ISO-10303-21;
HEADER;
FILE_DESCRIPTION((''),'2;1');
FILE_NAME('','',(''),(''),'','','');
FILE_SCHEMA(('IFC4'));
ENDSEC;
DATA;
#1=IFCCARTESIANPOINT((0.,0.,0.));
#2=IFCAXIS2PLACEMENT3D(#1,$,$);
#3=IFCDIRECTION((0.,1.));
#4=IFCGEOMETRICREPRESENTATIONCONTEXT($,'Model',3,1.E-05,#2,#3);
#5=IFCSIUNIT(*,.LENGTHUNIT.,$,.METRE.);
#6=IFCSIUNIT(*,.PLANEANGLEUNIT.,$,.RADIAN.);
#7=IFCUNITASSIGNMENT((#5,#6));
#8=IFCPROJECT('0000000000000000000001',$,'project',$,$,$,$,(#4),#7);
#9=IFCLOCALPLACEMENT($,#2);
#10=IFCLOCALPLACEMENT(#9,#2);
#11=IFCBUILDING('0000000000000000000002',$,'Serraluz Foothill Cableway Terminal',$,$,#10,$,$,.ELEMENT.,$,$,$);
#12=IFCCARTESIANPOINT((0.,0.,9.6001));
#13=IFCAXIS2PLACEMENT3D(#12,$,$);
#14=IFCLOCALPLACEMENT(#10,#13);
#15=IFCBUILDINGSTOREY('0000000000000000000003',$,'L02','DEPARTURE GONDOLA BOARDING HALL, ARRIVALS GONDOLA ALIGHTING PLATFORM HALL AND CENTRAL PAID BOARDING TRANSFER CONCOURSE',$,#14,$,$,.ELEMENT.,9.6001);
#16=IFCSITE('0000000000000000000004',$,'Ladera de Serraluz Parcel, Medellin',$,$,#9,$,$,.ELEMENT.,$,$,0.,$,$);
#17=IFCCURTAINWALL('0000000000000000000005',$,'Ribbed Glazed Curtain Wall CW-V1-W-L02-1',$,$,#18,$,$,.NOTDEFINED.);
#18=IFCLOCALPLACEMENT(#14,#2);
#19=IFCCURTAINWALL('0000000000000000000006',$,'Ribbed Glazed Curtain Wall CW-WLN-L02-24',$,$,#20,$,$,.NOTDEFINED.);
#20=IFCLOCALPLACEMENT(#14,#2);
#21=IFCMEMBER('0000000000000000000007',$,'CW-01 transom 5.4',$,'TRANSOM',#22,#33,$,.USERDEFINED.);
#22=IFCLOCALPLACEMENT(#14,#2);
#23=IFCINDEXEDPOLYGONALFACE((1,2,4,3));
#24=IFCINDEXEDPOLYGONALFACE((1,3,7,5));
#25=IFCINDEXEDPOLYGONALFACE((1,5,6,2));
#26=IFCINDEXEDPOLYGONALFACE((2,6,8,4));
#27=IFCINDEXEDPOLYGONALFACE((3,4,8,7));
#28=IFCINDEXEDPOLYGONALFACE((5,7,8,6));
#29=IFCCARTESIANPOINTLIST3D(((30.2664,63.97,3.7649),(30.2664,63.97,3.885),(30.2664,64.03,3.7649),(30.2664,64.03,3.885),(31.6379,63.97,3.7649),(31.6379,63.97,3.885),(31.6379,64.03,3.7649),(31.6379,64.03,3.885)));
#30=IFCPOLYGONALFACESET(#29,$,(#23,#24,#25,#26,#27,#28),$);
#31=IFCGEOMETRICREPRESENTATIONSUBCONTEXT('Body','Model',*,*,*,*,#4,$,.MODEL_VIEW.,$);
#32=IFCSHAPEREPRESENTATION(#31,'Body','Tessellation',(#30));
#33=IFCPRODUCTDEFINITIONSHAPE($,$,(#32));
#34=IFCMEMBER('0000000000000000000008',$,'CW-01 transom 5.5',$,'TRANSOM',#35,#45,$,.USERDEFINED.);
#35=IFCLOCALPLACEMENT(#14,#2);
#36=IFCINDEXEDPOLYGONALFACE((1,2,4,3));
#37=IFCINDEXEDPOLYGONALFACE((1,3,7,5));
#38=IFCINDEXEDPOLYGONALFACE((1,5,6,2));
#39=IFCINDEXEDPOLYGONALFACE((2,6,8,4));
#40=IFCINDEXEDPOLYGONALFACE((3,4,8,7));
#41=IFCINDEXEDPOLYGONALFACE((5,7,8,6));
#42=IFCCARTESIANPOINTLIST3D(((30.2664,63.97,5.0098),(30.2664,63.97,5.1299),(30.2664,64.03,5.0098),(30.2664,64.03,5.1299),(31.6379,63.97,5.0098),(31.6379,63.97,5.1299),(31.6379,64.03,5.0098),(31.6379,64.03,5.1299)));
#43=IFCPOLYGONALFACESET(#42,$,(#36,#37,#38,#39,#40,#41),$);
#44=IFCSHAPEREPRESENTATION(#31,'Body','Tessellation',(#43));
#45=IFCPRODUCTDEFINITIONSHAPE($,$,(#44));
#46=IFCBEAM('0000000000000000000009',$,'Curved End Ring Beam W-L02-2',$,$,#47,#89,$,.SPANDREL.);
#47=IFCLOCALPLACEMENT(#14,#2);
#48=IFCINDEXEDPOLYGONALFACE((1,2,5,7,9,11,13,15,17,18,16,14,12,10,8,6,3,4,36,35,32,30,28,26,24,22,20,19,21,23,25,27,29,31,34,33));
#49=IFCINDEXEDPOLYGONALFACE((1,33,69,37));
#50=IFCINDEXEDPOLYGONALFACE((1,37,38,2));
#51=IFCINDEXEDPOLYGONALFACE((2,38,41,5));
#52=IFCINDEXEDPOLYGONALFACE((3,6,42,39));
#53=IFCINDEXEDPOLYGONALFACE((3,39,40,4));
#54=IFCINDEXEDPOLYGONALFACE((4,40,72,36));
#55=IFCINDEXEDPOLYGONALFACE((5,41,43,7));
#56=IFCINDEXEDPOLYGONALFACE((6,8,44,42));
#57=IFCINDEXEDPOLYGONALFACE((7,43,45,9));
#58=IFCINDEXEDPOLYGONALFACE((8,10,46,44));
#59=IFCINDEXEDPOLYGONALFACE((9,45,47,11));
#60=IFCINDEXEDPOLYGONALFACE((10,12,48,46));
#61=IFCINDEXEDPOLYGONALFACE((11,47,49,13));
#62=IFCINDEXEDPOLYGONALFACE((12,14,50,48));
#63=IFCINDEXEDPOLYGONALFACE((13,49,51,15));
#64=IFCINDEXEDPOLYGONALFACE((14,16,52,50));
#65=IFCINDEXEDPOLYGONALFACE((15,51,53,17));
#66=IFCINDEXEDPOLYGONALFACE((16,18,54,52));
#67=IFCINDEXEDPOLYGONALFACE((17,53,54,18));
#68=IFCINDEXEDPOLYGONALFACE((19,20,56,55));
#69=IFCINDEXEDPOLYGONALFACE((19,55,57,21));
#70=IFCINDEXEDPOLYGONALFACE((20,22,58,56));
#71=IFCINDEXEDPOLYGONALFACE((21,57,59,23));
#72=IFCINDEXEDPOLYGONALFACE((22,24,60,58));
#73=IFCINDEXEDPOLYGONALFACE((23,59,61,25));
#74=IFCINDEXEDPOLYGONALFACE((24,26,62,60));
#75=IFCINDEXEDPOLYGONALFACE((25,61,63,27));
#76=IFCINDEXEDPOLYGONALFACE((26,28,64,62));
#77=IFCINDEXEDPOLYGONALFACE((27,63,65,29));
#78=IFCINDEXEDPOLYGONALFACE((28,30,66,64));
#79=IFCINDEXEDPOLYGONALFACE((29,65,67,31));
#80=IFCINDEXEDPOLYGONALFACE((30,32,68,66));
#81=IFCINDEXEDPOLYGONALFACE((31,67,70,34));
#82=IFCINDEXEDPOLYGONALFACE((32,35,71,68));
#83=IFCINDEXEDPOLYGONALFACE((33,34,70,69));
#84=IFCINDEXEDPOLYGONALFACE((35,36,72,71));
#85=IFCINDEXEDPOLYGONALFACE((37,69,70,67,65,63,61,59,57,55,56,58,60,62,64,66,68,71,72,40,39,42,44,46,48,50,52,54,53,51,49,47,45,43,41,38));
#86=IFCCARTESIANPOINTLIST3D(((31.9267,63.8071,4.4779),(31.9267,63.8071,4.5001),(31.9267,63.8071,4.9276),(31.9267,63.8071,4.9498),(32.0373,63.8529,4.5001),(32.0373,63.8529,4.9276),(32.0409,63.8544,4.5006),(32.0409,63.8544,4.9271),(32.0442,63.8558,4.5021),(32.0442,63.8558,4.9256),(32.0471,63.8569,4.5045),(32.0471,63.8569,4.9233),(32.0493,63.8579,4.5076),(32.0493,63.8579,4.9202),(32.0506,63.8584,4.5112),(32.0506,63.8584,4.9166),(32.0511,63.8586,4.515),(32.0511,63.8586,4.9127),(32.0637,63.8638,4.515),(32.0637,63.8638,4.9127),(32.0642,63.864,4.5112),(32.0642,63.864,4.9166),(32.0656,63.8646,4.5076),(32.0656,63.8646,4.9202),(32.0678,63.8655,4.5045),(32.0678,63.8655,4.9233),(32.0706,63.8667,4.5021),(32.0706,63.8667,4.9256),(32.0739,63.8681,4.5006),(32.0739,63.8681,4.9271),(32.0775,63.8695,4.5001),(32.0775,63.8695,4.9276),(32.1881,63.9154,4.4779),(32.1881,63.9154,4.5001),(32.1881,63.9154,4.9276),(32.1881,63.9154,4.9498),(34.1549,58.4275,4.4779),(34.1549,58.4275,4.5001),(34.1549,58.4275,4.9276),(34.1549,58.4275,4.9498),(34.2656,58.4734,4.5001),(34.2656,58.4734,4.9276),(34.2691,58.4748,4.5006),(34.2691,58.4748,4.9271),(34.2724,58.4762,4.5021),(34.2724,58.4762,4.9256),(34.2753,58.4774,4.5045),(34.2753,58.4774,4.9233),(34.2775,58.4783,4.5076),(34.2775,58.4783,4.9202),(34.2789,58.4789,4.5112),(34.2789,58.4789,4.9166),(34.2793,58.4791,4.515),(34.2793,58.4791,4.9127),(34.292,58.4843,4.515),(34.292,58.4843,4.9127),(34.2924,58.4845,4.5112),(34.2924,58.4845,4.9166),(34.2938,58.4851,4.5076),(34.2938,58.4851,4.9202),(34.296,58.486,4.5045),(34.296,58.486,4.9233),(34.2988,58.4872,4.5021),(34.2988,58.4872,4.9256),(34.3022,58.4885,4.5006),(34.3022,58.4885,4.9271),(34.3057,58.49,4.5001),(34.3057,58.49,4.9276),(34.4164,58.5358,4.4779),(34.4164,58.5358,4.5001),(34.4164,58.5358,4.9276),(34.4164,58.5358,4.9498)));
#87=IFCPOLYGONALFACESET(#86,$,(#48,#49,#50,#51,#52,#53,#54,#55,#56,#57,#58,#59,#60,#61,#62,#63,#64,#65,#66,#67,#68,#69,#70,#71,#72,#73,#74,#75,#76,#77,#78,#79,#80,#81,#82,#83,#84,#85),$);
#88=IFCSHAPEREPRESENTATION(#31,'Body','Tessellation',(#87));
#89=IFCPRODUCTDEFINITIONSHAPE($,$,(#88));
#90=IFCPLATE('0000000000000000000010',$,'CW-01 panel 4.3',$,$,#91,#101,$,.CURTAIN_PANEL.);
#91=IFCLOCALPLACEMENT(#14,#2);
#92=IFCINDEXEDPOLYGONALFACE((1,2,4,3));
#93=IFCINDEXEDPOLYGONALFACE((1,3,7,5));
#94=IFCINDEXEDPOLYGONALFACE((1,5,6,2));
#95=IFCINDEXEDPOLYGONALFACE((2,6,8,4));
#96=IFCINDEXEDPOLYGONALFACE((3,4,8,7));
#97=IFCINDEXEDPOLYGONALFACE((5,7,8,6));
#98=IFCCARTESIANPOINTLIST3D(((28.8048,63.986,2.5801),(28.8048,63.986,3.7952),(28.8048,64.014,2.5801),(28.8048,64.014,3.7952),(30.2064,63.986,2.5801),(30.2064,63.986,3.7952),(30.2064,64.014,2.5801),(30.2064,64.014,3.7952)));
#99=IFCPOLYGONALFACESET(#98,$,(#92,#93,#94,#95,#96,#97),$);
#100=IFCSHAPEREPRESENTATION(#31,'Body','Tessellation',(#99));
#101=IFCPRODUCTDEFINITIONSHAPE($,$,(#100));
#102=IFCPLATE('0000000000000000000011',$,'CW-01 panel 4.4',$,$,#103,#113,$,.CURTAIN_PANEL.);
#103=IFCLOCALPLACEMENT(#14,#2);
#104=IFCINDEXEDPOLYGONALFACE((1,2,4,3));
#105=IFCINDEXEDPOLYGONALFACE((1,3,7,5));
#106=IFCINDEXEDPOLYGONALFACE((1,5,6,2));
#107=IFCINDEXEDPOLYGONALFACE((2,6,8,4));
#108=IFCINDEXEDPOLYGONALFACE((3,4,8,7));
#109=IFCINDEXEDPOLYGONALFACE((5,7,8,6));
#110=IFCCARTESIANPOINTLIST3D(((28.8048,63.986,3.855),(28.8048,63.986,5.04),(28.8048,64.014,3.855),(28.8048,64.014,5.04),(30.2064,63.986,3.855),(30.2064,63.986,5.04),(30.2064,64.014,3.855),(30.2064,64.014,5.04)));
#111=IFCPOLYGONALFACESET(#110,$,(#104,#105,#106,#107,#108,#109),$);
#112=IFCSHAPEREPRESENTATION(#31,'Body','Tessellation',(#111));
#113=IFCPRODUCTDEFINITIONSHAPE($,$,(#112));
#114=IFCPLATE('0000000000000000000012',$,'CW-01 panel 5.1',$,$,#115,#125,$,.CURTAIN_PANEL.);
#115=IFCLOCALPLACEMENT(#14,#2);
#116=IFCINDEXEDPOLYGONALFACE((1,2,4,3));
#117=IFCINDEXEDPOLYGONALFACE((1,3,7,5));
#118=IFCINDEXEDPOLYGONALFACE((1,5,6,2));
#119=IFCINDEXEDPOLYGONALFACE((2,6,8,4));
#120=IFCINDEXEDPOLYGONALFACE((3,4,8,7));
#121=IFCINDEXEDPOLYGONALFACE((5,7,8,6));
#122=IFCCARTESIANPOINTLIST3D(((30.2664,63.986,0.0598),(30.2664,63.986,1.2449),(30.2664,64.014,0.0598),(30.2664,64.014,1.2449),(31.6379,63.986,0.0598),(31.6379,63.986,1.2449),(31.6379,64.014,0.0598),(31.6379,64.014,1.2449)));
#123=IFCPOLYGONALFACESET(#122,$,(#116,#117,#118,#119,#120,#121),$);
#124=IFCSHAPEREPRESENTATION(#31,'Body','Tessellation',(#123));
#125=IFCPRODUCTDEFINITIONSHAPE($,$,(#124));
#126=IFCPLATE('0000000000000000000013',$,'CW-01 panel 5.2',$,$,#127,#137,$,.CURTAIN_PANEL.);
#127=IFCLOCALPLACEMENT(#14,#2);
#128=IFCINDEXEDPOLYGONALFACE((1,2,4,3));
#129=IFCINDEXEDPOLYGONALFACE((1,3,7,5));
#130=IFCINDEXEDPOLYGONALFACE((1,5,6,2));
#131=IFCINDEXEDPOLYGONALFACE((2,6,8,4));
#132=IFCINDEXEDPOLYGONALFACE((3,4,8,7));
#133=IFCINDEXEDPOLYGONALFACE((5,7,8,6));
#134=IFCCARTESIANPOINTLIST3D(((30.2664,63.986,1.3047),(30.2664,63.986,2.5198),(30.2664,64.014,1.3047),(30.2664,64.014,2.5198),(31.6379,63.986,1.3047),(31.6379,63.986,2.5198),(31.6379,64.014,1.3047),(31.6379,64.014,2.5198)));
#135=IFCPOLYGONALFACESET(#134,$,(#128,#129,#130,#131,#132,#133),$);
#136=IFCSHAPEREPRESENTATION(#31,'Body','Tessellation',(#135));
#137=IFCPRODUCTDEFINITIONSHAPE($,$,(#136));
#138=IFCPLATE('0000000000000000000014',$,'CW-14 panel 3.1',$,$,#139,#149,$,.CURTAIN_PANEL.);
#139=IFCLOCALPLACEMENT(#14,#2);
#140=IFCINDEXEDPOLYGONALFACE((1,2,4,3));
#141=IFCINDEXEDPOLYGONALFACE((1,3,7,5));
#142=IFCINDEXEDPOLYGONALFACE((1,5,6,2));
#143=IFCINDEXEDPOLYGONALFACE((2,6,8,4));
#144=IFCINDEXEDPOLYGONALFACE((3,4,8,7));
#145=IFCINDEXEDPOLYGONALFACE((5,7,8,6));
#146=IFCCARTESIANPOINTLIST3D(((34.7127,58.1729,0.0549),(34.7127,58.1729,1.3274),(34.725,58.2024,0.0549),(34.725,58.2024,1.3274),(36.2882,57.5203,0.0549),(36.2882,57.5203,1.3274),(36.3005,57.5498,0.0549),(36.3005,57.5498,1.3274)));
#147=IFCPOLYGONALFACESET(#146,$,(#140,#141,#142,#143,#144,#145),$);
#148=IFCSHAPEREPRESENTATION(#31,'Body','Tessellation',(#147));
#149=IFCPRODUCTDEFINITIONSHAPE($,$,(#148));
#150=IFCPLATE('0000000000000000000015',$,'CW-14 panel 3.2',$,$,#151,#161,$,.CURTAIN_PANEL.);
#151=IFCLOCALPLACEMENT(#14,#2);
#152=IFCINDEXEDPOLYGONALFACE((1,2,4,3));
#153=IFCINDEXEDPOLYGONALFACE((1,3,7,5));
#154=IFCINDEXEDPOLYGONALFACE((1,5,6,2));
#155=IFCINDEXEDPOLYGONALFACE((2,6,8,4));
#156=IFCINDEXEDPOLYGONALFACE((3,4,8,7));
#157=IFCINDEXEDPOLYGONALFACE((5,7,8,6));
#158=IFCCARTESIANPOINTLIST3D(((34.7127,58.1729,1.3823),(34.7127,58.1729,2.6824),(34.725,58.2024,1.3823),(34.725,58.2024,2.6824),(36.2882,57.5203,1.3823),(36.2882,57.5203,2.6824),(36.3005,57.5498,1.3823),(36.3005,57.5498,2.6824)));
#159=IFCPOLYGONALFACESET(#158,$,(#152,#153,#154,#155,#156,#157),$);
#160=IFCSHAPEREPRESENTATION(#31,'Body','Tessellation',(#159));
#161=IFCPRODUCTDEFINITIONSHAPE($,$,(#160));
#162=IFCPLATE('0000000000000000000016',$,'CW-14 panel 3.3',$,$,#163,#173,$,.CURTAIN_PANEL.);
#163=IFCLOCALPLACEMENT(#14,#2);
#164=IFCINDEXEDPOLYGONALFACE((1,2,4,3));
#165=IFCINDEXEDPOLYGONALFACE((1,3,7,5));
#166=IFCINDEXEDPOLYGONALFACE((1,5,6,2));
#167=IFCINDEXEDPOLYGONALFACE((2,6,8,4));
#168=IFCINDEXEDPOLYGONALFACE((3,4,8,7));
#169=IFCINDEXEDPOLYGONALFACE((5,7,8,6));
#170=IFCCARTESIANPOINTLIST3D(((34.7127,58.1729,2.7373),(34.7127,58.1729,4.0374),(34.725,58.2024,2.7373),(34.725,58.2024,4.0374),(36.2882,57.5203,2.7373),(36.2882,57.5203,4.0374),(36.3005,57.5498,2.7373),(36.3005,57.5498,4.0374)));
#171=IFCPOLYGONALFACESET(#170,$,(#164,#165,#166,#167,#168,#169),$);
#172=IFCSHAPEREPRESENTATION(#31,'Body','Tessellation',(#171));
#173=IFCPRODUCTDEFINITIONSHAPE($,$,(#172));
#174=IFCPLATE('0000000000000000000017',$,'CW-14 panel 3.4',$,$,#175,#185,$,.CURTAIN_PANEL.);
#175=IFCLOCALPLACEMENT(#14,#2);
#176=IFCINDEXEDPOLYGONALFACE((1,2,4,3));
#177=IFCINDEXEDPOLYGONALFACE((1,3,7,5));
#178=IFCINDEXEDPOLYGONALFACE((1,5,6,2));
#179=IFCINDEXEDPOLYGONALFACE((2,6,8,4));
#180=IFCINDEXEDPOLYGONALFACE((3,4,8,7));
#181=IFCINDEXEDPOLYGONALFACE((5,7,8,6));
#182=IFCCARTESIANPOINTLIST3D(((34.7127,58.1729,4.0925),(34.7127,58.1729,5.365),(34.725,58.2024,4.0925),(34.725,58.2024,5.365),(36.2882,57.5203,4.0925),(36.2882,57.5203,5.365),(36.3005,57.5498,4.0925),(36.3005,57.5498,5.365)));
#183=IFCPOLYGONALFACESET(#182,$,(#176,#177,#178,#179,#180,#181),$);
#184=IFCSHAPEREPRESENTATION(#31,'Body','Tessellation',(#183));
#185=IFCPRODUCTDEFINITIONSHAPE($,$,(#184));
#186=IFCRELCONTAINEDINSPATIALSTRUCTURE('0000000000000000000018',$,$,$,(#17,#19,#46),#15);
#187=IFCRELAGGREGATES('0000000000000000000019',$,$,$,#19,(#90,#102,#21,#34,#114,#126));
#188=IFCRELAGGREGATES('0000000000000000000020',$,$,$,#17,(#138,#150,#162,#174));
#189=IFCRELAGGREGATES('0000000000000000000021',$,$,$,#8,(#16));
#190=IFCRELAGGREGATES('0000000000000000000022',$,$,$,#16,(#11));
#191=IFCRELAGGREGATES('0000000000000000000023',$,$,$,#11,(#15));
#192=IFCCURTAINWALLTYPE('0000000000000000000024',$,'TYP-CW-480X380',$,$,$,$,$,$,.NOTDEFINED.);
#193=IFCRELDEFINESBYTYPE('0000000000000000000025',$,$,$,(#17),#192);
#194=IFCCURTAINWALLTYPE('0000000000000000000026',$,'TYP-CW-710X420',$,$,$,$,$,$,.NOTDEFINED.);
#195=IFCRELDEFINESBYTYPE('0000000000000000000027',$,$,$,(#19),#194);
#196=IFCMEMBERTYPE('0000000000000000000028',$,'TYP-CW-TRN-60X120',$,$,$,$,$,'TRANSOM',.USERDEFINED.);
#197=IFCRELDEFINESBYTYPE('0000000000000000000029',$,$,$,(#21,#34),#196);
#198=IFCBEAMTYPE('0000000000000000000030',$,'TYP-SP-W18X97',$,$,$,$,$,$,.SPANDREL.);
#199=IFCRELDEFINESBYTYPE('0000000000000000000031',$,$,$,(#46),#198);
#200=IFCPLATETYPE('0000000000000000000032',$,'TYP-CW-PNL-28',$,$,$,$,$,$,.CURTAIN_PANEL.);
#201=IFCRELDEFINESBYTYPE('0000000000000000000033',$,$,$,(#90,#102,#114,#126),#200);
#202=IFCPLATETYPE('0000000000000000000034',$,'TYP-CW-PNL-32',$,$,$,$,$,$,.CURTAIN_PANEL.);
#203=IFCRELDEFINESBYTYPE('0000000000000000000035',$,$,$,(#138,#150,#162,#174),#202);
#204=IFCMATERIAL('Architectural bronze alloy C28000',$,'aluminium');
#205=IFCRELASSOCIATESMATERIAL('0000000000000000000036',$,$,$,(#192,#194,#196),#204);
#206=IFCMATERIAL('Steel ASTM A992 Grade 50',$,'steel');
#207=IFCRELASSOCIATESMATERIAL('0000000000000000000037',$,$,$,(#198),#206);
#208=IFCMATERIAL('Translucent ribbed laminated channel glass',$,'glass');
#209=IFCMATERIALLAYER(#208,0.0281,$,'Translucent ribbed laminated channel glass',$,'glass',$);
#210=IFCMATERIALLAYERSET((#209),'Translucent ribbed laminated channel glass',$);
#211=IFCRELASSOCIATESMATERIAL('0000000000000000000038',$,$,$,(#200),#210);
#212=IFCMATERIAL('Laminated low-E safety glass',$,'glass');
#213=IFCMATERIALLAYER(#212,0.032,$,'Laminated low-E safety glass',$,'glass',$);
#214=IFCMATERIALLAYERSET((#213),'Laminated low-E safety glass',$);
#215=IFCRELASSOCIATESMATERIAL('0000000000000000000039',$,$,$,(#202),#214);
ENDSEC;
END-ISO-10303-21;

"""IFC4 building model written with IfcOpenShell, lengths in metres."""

from ifc_helpers import new_model, si_unit, direction, frame, origin, origin_2d, place, context, subcontext, project, spatial, rectangle, i_section, extrude, material, layer, layer_set, material_profile, profile_set, type_object, element, aggregate, save


model = new_model("IFC4")

# Units and contexts
model_context = context("Model", 3, precision=1e-05, world=origin(), true_north=direction((0.0, 1.0)))
body_context = subcontext(model_context, "Body", "Model", "MODEL_VIEW")
ifc_project = project(units=[si_unit("LENGTHUNIT", "METRE"), si_unit("PLANEANGLEUNIT", "RADIAN")], contexts=[model_context])

# Site, building, storey
site_placement = place(None, origin())
site = spatial("IfcSite", under=ifc_project, at=site_placement, Name="Ladera de Serraluz Parcel, Medellin", CompositionType="ELEMENT", RefElevation=0.0)
building_placement = place(site_placement, origin())
building = spatial("IfcBuilding", under=site, at=building_placement, Name="Serraluz Foothill Cableway Terminal", CompositionType="ELEMENT")
storey_placement = place(building_placement, frame((0.0, 0.0, 9.6001)))
storey = spatial("IfcBuildingStorey", under=building, at=storey_placement, Name="L02", Description="DEPARTURE GONDOLA BOARDING HALL, ARRIVALS GONDOLA ALIGHTING PLATFORM HALL AND CENTRAL PAID BOARDING TRANSFER CONCOURSE", CompositionType="ELEMENT", Elevation=9.6001)

# Curtain walls
ifc_material_1 = material(Name="Architectural bronze alloy C28000", Category="aluminium")
curtain_wall_type_1 = type_object("IfcCurtainWallType", Name="TYP-CW-480X380", PredefinedType="NOTDEFINED", material=ifc_material_1)
curtain_wall_1_placement = place(storey_placement, origin())
curtain_wall_1 = element("IfcCurtainWall", 1, at=curtain_wall_1_placement, inside=storey, type_object=curtain_wall_type_1, Name="Ribbed Glazed Curtain Wall CW-V1-W-L02-1", PredefinedType="NOTDEFINED")
curtain_wall_type_2 = type_object("IfcCurtainWallType", Name="TYP-CW-710X420", PredefinedType="NOTDEFINED", material=ifc_material_1)
curtain_wall_2_placement = place(storey_placement, origin())
curtain_wall_2 = element("IfcCurtainWall", 2, at=curtain_wall_2_placement, inside=storey, type_object=curtain_wall_type_2, Name="Ribbed Glazed Curtain Wall CW-WLN-L02-24", PredefinedType="NOTDEFINED")

# Members
ifc_material_profile_1 = material_profile(ifc_material_1, rectangle(XDim=0.0601, YDim=0.1201, at=origin_2d()), Name="ALU TRANSOM 60x120")
ifc_profile_set_1 = profile_set([ifc_material_profile_1], Name="Architectural bronze alloy C28000")
member_type_1 = type_object("IfcMemberType", Name="TYP-CW-TRN-60X120", ElementType="TRANSOM", PredefinedType="USERDEFINED", material=ifc_profile_set_1)
member_1_placement = place(storey_placement, frame((30.2664, 64.0, 3.825), z_axis=(1.0, 0.0, 0.0), x_axis=(0.0, 1.0, 0.0)))
member_1 = element("IfcMember", 3, at=member_1_placement, type_object=member_type_1, Name="CW-01 transom 5.4", ObjectType="TRANSOM", PredefinedType="USERDEFINED", context=body_context, shape_type="SweptSolid", body=[
    extrude(rectangle(XDim=0.0601, YDim=0.1201, at=origin_2d()), origin(), (0.0, 0.0, 1.0), 1.3716),
])
member_2_placement = place(storey_placement, frame((30.2664, 64.0, 5.0698), z_axis=(1.0, 0.0, 0.0), x_axis=(0.0, 1.0, 0.0)))
member_2 = element("IfcMember", 4, at=member_2_placement, type_object=member_type_1, Name="CW-01 transom 5.5", ObjectType="TRANSOM", PredefinedType="USERDEFINED", context=body_context, shape_type="SweptSolid", body=[
    extrude(rectangle(XDim=0.0601, YDim=0.1201, at=origin_2d()), origin(), (0.0, 0.0, 1.0), 1.3716),
])

# Beam
ifc_material_2 = material(Name="Steel ASTM A992 Grade 50", Category="steel")
ifc_material_profile_2 = material_profile(ifc_material_2, i_section(OverallWidth=0.283, OverallDepth=0.4719, WebThickness=0.0137, FlangeThickness=0.0222, FilletRadius=0.0149, at=origin_2d()), Name="W18X97")
ifc_profile_set_2 = profile_set([ifc_material_profile_2], Name="Steel ASTM A992 Grade 50")
beam_type = type_object("IfcBeamType", Name="TYP-SP-W18X97", PredefinedType="SPANDREL", material=ifc_profile_set_2)
beam_placement = place(storey_placement, frame((34.2856, 58.4817, 4.7139), z_axis=(-0.382676, 0.923882, 0.0), x_axis=(-0.923882, -0.382676, 0.0)))
element("IfcBeam", 5, at=beam_placement, inside=storey, type_object=beam_type, Name="Curved End Ring Beam W-L02-2", PredefinedType="SPANDREL", context=body_context, shape_type="SweptSolid", body=[
    extrude(i_section(OverallWidth=0.283, OverallDepth=0.4719, WebThickness=0.0137, FlangeThickness=0.0222, FilletRadius=0.0149, at=origin_2d()), origin(), (0.0, 0.0, 1.0), 5.8228),
])

# Plates
ifc_material_3 = material(Name="Translucent ribbed laminated channel glass", Category="glass")
ifc_layer_1 = layer(ifc_material_3, 0.0281, Name="Translucent ribbed laminated channel glass", Category="glass")
ifc_layer_set_1 = layer_set([ifc_layer_1], Name="Translucent ribbed laminated channel glass")
plate_type_1 = type_object("IfcPlateType", Name="TYP-CW-PNL-28", PredefinedType="CURTAIN_PANEL", material=ifc_layer_set_1)
plate_1_placement = place(storey_placement, frame((29.5056, 64.0, 2.5801), z_axis=(0.0, 0.0, 1.0), x_axis=(1.0, 0.0, 0.0)))
plate_1 = element("IfcPlate", 6, at=plate_1_placement, type_object=plate_type_1, Name="CW-01 panel 4.3", PredefinedType="CURTAIN_PANEL", context=body_context, shape_type="SweptSolid", body=[
    extrude(rectangle(XDim=1.4016, YDim=0.0281, at=origin_2d()), origin(), (0.0, 0.0, 1.0), 1.2151),
])
plate_2_placement = place(storey_placement, frame((29.5056, 64.0, 3.855), z_axis=(0.0, 0.0, 1.0), x_axis=(1.0, 0.0, 0.0)))
plate_2 = element("IfcPlate", 7, at=plate_2_placement, type_object=plate_type_1, Name="CW-01 panel 4.4", PredefinedType="CURTAIN_PANEL", context=body_context, shape_type="SweptSolid", body=[
    extrude(rectangle(XDim=1.4016, YDim=0.0281, at=origin_2d()), origin(), (0.0, 0.0, 1.0), 1.1851),
])
plate_3_placement = place(storey_placement, frame((30.9521, 64.0, 0.0598), z_axis=(0.0, 0.0, 1.0), x_axis=(1.0, 0.0, 0.0)))
plate_3 = element("IfcPlate", 8, at=plate_3_placement, type_object=plate_type_1, Name="CW-01 panel 5.1", PredefinedType="CURTAIN_PANEL", context=body_context, shape_type="SweptSolid", body=[
    extrude(rectangle(XDim=1.3716, YDim=0.0281, at=origin_2d()), origin(), (0.0, 0.0, 1.0), 1.1851),
])
plate_4_placement = place(storey_placement, frame((30.9521, 64.0, 1.3047), z_axis=(0.0, 0.0, 1.0), x_axis=(1.0, 0.0, 0.0)))
plate_4 = element("IfcPlate", 9, at=plate_4_placement, type_object=plate_type_1, Name="CW-01 panel 5.2", PredefinedType="CURTAIN_PANEL", context=body_context, shape_type="SweptSolid", body=[
    extrude(rectangle(XDim=1.3716, YDim=0.0281, at=origin_2d()), origin(), (0.0, 0.0, 1.0), 1.2151),
])
aggregate(curtain_wall_2, [plate_1, plate_2, member_1, member_2, plate_3, plate_4])
ifc_material_4 = material(Name="Laminated low-E safety glass", Category="glass")
ifc_layer_2 = layer(ifc_material_4, 0.032, Name="Laminated low-E safety glass", Category="glass")
ifc_layer_set_2 = layer_set([ifc_layer_2], Name="Laminated low-E safety glass")
plate_type_2 = type_object("IfcPlateType", Name="TYP-CW-PNL-32", PredefinedType="CURTAIN_PANEL", material=ifc_layer_set_2)
plate_5_placement = place(storey_placement, frame((35.5066, 57.8613, 0.0549), z_axis=(0.0, 0.0, 1.0), x_axis=(-0.92388, 0.382682, 0.0)))
plate_5 = element("IfcPlate", 10, at=plate_5_placement, type_object=plate_type_2, Name="CW-14 panel 3.1", PredefinedType="CURTAIN_PANEL", context=body_context, shape_type="SweptSolid", body=[
    extrude(rectangle(XDim=1.7053, YDim=0.032, at=origin_2d()), origin(), (0.0, 0.0, 1.0), 1.2725),
])
plate_6_placement = place(storey_placement, frame((35.5066, 57.8613, 1.3823), z_axis=(0.0, 0.0, 1.0), x_axis=(-0.92388, 0.382682, 0.0)))
plate_6 = element("IfcPlate", 11, at=plate_6_placement, type_object=plate_type_2, Name="CW-14 panel 3.2", PredefinedType="CURTAIN_PANEL", context=body_context, shape_type="SweptSolid", body=[
    extrude(rectangle(XDim=1.7053, YDim=0.032, at=origin_2d()), origin(), (0.0, 0.0, 1.0), 1.3),
])
plate_7_placement = place(storey_placement, frame((35.5066, 57.8613, 2.7373), z_axis=(0.0, 0.0, 1.0), x_axis=(-0.92388, 0.382682, 0.0)))
plate_7 = element("IfcPlate", 12, at=plate_7_placement, type_object=plate_type_2, Name="CW-14 panel 3.3", PredefinedType="CURTAIN_PANEL", context=body_context, shape_type="SweptSolid", body=[
    extrude(rectangle(XDim=1.7053, YDim=0.032, at=origin_2d()), origin(), (0.0, 0.0, 1.0), 1.3),
])
plate_8_placement = place(storey_placement, frame((35.5066, 57.8613, 4.0925), z_axis=(0.0, 0.0, 1.0), x_axis=(-0.92388, 0.382682, 0.0)))
plate_8 = element("IfcPlate", 13, at=plate_8_placement, type_object=plate_type_2, Name="CW-14 panel 3.4", PredefinedType="CURTAIN_PANEL", context=body_context, shape_type="SweptSolid", body=[
    extrude(rectangle(XDim=1.7053, YDim=0.032, at=origin_2d()), origin(), (0.0, 0.0, 1.0), 1.2725),
])
aggregate(curtain_wall_1, [plate_5, plate_6, plate_7, plate_8])

save(model, "model.ifc")
